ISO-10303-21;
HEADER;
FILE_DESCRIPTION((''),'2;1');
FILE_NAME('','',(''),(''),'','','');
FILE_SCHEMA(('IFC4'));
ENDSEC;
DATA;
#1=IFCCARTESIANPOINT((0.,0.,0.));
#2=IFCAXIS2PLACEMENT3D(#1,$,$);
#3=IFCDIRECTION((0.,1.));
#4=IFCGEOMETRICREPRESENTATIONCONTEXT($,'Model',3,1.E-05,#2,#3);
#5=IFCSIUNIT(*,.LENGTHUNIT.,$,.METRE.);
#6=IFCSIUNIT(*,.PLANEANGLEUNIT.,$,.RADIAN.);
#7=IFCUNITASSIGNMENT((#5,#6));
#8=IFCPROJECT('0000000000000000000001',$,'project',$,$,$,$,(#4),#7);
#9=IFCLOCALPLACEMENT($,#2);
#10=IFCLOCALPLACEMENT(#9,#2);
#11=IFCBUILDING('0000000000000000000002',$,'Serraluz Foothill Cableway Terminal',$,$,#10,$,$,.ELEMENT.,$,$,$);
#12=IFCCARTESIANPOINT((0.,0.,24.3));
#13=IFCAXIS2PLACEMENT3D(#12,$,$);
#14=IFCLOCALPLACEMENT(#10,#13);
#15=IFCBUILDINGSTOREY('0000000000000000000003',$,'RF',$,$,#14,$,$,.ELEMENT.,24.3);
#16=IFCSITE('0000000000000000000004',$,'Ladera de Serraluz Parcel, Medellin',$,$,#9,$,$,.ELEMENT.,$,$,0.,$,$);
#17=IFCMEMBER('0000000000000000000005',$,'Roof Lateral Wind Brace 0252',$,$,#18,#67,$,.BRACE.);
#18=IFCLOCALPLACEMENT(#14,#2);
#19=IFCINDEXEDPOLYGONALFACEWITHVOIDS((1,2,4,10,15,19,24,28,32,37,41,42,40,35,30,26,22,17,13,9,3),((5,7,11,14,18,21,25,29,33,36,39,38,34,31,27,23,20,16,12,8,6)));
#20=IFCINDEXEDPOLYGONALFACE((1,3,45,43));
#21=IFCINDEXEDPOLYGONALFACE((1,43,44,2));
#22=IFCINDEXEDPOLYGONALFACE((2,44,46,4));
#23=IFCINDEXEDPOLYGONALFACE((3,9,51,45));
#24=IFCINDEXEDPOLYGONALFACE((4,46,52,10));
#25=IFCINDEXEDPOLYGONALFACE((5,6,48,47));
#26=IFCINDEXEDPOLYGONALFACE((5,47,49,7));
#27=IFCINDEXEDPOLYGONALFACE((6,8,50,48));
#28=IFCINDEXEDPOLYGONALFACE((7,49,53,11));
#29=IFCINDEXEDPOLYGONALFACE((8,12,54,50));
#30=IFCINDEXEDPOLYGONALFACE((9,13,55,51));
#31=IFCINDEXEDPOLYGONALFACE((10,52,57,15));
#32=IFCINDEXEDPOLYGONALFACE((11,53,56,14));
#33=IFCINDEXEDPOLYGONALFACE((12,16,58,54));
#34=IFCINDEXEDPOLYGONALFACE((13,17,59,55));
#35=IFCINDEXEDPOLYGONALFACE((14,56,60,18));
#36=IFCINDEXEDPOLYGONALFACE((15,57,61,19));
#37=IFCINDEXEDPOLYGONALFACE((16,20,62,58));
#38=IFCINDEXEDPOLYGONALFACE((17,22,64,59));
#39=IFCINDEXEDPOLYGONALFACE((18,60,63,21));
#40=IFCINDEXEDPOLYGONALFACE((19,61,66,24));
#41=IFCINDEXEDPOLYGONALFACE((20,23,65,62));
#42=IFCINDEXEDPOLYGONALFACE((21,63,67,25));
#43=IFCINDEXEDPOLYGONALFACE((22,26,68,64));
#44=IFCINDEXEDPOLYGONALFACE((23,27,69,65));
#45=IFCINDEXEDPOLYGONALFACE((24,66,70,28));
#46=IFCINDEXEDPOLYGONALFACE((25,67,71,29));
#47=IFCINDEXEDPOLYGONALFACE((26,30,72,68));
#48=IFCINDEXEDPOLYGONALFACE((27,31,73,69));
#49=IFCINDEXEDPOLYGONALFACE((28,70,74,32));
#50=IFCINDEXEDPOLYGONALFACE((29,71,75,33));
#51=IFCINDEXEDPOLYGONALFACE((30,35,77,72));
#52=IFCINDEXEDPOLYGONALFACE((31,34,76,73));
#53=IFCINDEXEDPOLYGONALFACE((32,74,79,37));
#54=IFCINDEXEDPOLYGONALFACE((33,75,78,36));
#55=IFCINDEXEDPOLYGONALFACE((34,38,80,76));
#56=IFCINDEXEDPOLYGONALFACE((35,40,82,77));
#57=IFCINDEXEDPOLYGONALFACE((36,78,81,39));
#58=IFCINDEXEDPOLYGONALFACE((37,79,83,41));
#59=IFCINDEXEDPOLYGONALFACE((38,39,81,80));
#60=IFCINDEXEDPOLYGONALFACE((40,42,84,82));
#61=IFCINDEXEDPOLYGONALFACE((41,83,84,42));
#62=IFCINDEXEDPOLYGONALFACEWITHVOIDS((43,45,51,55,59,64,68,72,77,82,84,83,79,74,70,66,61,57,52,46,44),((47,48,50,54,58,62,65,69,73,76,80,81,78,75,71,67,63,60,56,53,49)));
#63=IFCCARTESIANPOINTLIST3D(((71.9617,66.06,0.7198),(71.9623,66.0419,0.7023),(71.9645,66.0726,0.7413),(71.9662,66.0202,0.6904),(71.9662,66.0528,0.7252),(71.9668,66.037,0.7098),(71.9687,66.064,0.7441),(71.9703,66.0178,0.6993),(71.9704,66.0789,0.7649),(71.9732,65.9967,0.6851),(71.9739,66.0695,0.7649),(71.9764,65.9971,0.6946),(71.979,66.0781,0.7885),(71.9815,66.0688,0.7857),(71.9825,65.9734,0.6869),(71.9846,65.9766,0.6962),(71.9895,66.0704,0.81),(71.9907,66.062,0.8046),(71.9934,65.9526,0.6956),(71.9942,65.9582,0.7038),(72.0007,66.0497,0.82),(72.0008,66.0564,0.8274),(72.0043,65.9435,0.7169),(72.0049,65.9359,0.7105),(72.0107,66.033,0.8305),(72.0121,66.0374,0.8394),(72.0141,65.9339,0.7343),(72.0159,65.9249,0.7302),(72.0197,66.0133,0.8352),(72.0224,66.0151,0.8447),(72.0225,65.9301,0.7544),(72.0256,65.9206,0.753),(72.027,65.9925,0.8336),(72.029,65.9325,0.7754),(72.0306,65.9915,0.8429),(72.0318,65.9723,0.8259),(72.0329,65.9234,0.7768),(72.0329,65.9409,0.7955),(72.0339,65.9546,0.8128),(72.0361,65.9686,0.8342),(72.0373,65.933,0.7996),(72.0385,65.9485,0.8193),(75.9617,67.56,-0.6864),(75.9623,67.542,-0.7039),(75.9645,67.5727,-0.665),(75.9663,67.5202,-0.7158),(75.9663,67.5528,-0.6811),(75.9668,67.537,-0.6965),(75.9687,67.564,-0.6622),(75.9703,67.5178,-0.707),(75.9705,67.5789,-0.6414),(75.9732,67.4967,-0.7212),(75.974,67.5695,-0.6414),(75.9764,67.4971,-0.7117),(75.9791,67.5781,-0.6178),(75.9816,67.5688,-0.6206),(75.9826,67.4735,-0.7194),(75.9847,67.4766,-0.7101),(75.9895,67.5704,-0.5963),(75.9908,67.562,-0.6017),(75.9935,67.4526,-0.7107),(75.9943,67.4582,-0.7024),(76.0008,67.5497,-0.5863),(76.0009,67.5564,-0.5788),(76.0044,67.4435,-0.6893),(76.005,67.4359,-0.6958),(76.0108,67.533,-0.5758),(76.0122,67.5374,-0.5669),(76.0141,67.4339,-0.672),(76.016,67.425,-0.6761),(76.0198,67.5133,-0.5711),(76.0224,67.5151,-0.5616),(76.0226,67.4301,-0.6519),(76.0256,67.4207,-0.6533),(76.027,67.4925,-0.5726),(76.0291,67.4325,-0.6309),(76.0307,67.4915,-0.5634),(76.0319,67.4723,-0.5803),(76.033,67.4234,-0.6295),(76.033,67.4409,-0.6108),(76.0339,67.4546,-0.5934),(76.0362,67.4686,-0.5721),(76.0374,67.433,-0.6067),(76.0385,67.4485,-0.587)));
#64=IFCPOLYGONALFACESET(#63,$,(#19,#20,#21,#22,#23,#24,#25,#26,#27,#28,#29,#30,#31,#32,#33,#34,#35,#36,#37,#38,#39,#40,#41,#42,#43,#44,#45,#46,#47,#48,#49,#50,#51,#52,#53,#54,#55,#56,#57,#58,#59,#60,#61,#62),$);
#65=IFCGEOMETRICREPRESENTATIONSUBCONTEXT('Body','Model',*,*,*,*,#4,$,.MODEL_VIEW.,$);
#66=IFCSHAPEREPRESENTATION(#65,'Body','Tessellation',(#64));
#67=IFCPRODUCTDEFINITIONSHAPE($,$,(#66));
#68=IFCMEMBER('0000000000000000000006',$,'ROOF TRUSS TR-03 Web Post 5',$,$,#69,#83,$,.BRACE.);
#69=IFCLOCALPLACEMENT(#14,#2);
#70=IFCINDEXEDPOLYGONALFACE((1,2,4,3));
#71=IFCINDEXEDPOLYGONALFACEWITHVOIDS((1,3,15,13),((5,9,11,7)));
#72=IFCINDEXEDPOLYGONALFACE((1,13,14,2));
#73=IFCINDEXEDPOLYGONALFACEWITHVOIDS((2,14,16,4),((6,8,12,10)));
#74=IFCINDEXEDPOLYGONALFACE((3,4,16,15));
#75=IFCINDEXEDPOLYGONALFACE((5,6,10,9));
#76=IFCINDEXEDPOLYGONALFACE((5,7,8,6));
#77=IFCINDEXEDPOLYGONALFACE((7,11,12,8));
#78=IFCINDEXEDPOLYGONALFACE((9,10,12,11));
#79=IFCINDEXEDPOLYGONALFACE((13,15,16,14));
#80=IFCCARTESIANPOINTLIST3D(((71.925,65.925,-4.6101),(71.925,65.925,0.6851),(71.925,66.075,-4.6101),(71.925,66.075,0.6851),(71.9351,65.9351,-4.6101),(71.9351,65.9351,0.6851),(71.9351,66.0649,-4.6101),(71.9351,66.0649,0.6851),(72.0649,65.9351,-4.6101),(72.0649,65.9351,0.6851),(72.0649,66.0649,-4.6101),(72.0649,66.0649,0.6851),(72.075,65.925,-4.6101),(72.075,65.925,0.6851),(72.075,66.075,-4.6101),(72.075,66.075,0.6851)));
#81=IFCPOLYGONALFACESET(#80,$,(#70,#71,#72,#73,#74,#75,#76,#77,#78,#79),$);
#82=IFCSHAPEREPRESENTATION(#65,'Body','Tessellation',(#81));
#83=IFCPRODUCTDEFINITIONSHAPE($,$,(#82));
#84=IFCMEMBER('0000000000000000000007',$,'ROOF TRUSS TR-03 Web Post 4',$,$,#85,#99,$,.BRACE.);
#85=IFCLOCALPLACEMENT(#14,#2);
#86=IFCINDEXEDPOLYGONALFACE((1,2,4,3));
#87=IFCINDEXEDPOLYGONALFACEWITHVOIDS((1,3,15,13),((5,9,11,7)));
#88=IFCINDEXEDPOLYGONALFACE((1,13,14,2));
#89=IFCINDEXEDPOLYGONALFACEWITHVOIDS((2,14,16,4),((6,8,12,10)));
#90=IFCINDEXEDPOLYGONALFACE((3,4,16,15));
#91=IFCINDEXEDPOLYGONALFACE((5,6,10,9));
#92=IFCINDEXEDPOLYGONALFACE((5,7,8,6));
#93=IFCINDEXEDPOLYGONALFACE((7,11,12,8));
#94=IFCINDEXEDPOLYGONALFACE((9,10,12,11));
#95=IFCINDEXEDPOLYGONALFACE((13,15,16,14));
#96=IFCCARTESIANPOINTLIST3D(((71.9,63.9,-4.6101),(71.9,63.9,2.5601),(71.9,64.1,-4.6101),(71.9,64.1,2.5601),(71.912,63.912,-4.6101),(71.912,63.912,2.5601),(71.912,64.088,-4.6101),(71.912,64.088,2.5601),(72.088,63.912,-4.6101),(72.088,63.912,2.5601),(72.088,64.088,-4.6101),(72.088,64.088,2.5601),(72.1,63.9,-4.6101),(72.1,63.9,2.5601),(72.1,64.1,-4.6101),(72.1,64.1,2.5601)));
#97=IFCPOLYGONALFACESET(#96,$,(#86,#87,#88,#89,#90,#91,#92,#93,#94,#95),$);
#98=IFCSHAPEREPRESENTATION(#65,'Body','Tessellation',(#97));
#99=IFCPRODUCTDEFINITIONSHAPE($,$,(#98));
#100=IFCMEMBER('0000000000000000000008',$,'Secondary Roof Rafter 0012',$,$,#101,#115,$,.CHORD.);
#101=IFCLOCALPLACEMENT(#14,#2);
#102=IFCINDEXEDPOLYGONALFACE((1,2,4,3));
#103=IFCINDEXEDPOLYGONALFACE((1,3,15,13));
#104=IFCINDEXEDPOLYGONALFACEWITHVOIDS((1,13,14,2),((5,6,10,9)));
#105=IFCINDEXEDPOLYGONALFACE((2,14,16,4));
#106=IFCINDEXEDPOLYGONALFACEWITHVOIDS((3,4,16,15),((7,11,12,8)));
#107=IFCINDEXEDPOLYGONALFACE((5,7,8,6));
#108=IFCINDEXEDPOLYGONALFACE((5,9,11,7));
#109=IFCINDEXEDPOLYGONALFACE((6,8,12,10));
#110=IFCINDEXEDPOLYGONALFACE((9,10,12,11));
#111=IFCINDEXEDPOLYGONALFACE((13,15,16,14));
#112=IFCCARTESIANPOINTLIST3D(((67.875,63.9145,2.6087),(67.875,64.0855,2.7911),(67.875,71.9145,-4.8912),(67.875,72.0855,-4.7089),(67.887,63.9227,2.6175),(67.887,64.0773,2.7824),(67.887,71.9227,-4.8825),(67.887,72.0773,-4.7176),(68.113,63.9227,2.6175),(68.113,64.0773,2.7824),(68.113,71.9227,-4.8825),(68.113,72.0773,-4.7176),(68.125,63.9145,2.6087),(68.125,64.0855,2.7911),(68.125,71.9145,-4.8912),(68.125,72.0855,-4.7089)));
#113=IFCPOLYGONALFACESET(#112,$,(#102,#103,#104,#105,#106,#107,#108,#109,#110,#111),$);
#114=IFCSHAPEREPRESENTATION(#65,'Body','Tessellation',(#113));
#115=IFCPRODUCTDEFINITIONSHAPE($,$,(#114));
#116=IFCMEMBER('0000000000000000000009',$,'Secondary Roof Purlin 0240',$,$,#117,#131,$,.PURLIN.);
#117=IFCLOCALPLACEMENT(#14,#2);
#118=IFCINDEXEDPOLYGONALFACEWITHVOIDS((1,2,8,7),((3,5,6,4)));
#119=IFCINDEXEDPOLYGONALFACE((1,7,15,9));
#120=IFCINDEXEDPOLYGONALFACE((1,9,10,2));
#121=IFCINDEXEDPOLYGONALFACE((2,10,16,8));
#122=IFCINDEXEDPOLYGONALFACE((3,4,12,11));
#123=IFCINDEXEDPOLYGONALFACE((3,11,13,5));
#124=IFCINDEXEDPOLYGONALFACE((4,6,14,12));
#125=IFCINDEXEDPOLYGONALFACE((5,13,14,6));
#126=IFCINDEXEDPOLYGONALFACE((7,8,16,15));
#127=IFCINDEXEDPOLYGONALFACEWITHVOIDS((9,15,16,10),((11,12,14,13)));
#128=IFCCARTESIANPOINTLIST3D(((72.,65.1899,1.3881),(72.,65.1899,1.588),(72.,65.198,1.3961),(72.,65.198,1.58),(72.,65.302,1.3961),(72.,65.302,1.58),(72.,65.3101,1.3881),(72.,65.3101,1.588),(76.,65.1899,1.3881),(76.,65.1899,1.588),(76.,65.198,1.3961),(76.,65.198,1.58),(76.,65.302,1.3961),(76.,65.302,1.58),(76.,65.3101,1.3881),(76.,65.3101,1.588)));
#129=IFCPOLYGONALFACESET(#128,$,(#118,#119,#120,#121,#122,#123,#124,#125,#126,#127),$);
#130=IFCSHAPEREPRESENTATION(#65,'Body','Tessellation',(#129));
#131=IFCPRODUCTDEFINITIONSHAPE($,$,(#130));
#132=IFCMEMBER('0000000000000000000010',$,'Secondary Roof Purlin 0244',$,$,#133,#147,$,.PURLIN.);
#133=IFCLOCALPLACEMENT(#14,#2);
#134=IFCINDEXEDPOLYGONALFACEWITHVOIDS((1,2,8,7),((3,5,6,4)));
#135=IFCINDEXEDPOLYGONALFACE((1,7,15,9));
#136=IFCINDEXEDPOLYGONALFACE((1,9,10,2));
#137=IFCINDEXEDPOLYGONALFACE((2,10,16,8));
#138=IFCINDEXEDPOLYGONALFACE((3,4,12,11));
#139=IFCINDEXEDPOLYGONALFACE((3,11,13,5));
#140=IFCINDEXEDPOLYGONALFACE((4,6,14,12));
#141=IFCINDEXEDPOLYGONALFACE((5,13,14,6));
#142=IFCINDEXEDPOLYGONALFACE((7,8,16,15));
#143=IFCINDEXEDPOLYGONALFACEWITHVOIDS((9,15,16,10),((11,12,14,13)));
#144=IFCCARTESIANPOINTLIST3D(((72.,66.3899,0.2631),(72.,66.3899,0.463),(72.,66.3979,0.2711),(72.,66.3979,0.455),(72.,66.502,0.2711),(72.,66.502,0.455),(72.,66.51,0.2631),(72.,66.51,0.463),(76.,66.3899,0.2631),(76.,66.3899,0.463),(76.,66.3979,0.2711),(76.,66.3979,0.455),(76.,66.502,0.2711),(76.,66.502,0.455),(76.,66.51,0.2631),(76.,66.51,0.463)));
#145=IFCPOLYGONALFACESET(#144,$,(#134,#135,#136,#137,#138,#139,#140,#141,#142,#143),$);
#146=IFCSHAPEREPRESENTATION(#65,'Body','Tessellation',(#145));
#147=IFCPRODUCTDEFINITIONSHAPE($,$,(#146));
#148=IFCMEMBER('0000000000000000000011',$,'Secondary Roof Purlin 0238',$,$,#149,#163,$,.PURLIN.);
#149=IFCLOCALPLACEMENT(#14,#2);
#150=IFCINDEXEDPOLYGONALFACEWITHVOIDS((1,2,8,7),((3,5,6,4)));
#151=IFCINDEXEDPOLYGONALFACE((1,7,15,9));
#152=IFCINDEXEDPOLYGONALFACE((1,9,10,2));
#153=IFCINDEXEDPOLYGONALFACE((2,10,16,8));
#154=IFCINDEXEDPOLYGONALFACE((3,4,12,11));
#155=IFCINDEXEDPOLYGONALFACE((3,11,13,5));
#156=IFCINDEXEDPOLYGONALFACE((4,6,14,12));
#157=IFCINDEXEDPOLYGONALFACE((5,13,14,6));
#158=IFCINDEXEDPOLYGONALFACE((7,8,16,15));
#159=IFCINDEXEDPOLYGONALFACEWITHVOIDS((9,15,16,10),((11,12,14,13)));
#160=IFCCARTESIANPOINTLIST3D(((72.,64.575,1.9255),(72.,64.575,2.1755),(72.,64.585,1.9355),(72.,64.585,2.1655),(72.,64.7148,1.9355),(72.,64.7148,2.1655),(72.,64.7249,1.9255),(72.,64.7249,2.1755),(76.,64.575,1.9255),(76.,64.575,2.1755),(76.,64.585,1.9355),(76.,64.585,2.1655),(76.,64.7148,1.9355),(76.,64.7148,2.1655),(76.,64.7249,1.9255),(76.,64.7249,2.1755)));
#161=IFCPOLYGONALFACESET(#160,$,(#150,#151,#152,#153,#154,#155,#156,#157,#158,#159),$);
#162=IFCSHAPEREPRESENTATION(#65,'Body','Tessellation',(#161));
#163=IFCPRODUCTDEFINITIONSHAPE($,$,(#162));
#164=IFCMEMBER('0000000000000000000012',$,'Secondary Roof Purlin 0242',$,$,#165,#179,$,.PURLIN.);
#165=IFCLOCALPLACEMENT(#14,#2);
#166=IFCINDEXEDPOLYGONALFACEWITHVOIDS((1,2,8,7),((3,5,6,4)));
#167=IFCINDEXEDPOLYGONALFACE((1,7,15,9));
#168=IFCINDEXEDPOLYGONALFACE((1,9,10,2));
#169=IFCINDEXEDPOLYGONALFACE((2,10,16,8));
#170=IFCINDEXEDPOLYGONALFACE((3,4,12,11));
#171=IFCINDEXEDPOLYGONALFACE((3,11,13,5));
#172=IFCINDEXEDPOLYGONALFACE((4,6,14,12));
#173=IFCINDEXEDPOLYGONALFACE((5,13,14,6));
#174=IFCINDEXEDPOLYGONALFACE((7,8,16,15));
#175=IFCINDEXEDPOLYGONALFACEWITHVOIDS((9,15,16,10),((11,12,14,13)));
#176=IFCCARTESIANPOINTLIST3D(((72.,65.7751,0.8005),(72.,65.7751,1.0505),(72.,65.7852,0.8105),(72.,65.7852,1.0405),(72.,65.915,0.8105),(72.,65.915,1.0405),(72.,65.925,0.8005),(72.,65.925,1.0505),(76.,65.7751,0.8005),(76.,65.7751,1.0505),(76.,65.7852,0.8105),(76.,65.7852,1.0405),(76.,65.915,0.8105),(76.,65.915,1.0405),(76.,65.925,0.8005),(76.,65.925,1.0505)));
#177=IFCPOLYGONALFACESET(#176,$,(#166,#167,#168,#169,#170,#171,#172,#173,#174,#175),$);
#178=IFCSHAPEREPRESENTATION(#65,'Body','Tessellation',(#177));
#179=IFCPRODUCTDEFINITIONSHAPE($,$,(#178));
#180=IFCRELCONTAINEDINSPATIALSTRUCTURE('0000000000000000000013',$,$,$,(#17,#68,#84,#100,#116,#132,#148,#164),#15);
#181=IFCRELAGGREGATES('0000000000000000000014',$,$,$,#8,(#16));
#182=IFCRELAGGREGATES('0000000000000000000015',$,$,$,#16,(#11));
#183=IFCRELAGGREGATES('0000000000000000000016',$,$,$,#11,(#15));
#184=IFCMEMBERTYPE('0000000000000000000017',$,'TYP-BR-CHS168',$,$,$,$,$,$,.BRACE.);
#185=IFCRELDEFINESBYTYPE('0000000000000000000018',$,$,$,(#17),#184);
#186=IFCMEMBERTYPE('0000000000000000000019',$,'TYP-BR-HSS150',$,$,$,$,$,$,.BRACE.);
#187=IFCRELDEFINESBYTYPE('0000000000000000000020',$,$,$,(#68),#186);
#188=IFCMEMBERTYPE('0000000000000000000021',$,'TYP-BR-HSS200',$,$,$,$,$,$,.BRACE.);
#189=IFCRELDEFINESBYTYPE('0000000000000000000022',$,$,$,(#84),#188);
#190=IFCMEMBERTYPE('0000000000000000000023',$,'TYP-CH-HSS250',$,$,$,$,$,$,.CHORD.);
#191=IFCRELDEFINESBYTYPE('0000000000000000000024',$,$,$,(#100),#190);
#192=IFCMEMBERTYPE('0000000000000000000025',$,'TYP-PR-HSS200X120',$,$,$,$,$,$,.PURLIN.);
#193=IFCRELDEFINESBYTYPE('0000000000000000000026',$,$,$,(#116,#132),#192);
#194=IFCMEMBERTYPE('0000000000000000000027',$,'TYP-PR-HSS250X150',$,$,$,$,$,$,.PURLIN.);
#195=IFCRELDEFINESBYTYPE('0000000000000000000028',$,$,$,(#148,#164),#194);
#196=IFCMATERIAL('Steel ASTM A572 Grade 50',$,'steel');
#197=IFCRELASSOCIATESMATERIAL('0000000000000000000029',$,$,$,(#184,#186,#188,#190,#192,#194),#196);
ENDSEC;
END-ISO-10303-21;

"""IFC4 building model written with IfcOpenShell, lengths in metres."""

from ifc_helpers import new_model, si_unit, direction, frame, origin, origin_2d, place, context, subcontext, project, spatial, hollow_rectangle, hollow_circle, extrude, material, material_profile, profile_set, type_object, element, save


model = new_model("IFC4")

# Units and contexts
model_context = context("Model", 3, precision=1e-05, world=origin(), true_north=direction((0.0, 1.0)))
body_context = subcontext(model_context, "Body", "Model", "MODEL_VIEW")
ifc_project = project(units=[si_unit("LENGTHUNIT", "METRE"), si_unit("PLANEANGLEUNIT", "RADIAN")], contexts=[model_context])

# Site, building, storey
site_placement = place(None, origin())
site = spatial("IfcSite", under=ifc_project, at=site_placement, Name="Ladera de Serraluz Parcel, Medellin", CompositionType="ELEMENT", RefElevation=0.0)
building_placement = place(site_placement, origin())
building = spatial("IfcBuilding", under=site, at=building_placement, Name="Serraluz Foothill Cableway Terminal", CompositionType="ELEMENT")
storey_placement = place(building_placement, frame((0.0, 0.0, 24.3)))
storey = spatial("IfcBuildingStorey", under=building, at=storey_placement, Name="RF", CompositionType="ELEMENT", Elevation=24.3)

# Members
ifc_material_1 = material(Name="Steel ASTM A572 Grade 50", Category="steel")
ifc_material_profile_1 = material_profile(ifc_material_1, hollow_circle(Radius=0.0842, WallThickness=0.01, at=origin_2d()), Name="CHS168X10")
ifc_profile_set_1 = profile_set([ifc_material_profile_1], Name="Steel ASTM A572 Grade 50")
member_type_1 = type_object("IfcMemberType", Name="TYP-BR-CHS168", PredefinedType="BRACE", material=ifc_profile_set_1)
for number, where, z_axis, x_axis, name in (
    (1, (72.0, 66.0, 0.7649), (0.889382, 0.333518, -0.312673), (-0.351123, 0.936329, 0.0), "Roof Lateral Wind Brace 0252"),
):
    element("IfcMember", number, at=place(storey_placement, frame(where, z_axis=z_axis, x_axis=x_axis)), inside=storey, type_object=member_type_1, Name=name, PredefinedType="BRACE", context=body_context, shape_type="SweptSolid", body=[
        extrude(hollow_circle(Radius=0.0842, WallThickness=0.01, at=origin_2d()), origin(), (0.0, 0.0, 1.0), 4.4976),
    ])
ifc_material_profile_2 = material_profile(ifc_material_1, hollow_rectangle(XDim=0.1499, YDim=0.1499, WallThickness=0.01, at=origin_2d()), Name="HSS150X150X10")
ifc_profile_set_2 = profile_set([ifc_material_profile_2], Name="Steel ASTM A572 Grade 50")
member_type_2 = type_object("IfcMemberType", Name="TYP-BR-HSS150", PredefinedType="BRACE", material=ifc_profile_set_2)
member_1_placement = place(storey_placement, frame((72.0, 66.0, -4.6101), z_axis=(0.0, 0.0, 1.0), x_axis=(1.0, 0.0, 0.0)))
element("IfcMember", 2, at=member_1_placement, inside=storey, type_object=member_type_2, Name="ROOF TRUSS TR-03 Web Post 5", PredefinedType="BRACE", context=body_context, shape_type="SweptSolid", body=[
    extrude(hollow_rectangle(XDim=0.1499, YDim=0.1499, WallThickness=0.01, at=origin_2d()), origin(), (0.0, 0.0, 1.0), 5.2952),
])
ifc_material_profile_3 = material_profile(ifc_material_1, hollow_rectangle(XDim=0.2, YDim=0.2, WallThickness=0.012, at=origin_2d()), Name="HSS200X200X12")
ifc_profile_set_3 = profile_set([ifc_material_profile_3], Name="Steel ASTM A572 Grade 50")
member_type_3 = type_object("IfcMemberType", Name="TYP-BR-HSS200", PredefinedType="BRACE", material=ifc_profile_set_3)
member_2_placement = place(storey_placement, frame((72.0, 64.0, -4.6101), z_axis=(0.0, 0.0, 1.0), x_axis=(1.0, 0.0, 0.0)))
element("IfcMember", 3, at=member_2_placement, inside=storey, type_object=member_type_3, Name="ROOF TRUSS TR-03 Web Post 4", PredefinedType="BRACE", context=body_context, shape_type="SweptSolid", body=[
    extrude(hollow_rectangle(XDim=0.2, YDim=0.2, WallThickness=0.012, at=origin_2d()), origin(), (0.0, 0.0, 1.0), 7.1702),
])
ifc_material_profile_4 = material_profile(ifc_material_1, hollow_rectangle(XDim=0.25, YDim=0.25, WallThickness=0.012, at=origin_2d()), Name="HSS250X250X12")
ifc_profile_set_4 = profile_set([ifc_material_profile_4], Name="Steel ASTM A572 Grade 50")
member_type_4 = type_object("IfcMemberType", Name="TYP-CH-HSS250", PredefinedType="CHORD", material=ifc_profile_set_4)
member_3_placement = place(storey_placement, frame((68.0, 72.0, -4.8), z_axis=(0.0, -0.729537, 0.683941), x_axis=(1.0, 0.0, 0.0)))
element("IfcMember", 4, at=member_3_placement, inside=storey, type_object=member_type_4, Name="Secondary Roof Rafter 0012", PredefinedType="CHORD", context=body_context, shape_type="SweptSolid", body=[
    extrude(hollow_rectangle(XDim=0.25, YDim=0.25, WallThickness=0.012, at=origin_2d()), origin(), (0.0, 0.0, 1.0), 10.9658),
])
ifc_material_profile_5 = material_profile(ifc_material_1, hollow_rectangle(XDim=0.1201, YDim=0.2, WallThickness=0.0081, at=origin_2d()), Name="HSS200X120X8")
ifc_profile_set_5 = profile_set([ifc_material_profile_5], Name="Steel ASTM A572 Grade 50")
member_type_5 = type_object("IfcMemberType", Name="TYP-PR-HSS200X120", PredefinedType="PURLIN", material=ifc_profile_set_5)
for number, where, z_axis, x_axis, name in (
    (5, (72.0, 65.25, 1.488), (1.0, 0.0, 0.0), (0.0, 1.0, 0.0), "Secondary Roof Purlin 0240"),
    (6, (72.0, 66.45, 0.363), (1.0, 0.0, 0.0), (0.0, 1.0, 0.0), "Secondary Roof Purlin 0244"),
):
    element("IfcMember", number, at=place(storey_placement, frame(where, z_axis=z_axis, x_axis=x_axis)), inside=storey, type_object=member_type_5, Name=name, PredefinedType="PURLIN", context=body_context, shape_type="SweptSolid", body=[
        extrude(hollow_rectangle(XDim=0.1201, YDim=0.2, WallThickness=0.0081, at=origin_2d()), origin(), (0.0, 0.0, 1.0), 4.0),
    ])
ifc_material_profile_6 = material_profile(ifc_material_1, hollow_rectangle(XDim=0.1499, YDim=0.25, WallThickness=0.01, at=origin_2d()), Name="HSS250X150X10")
ifc_profile_set_6 = profile_set([ifc_material_profile_6], Name="Steel ASTM A572 Grade 50")
member_type_6 = type_object("IfcMemberType", Name="TYP-PR-HSS250X150", PredefinedType="PURLIN", material=ifc_profile_set_6)
for number, where, z_axis, x_axis, name in (
    (7, (72.0, 64.6499, 2.0505), (1.0, 0.0, 0.0), (0.0, 1.0, 0.0), "Secondary Roof Purlin 0238"),
    (8, (72.0, 65.8501, 0.9255), (1.0, 0.0, 0.0), (0.0, 1.0, 0.0), "Secondary Roof Purlin 0242"),
):
    element("IfcMember", number, at=place(storey_placement, frame(where, z_axis=z_axis, x_axis=x_axis)), inside=storey, type_object=member_type_6, Name=name, PredefinedType="PURLIN", context=body_context, shape_type="SweptSolid", body=[
        extrude(hollow_rectangle(XDim=0.1499, YDim=0.25, WallThickness=0.01, at=origin_2d()), origin(), (0.0, 0.0, 1.0), 4.0),
    ])

save(model, "model.ifc")
